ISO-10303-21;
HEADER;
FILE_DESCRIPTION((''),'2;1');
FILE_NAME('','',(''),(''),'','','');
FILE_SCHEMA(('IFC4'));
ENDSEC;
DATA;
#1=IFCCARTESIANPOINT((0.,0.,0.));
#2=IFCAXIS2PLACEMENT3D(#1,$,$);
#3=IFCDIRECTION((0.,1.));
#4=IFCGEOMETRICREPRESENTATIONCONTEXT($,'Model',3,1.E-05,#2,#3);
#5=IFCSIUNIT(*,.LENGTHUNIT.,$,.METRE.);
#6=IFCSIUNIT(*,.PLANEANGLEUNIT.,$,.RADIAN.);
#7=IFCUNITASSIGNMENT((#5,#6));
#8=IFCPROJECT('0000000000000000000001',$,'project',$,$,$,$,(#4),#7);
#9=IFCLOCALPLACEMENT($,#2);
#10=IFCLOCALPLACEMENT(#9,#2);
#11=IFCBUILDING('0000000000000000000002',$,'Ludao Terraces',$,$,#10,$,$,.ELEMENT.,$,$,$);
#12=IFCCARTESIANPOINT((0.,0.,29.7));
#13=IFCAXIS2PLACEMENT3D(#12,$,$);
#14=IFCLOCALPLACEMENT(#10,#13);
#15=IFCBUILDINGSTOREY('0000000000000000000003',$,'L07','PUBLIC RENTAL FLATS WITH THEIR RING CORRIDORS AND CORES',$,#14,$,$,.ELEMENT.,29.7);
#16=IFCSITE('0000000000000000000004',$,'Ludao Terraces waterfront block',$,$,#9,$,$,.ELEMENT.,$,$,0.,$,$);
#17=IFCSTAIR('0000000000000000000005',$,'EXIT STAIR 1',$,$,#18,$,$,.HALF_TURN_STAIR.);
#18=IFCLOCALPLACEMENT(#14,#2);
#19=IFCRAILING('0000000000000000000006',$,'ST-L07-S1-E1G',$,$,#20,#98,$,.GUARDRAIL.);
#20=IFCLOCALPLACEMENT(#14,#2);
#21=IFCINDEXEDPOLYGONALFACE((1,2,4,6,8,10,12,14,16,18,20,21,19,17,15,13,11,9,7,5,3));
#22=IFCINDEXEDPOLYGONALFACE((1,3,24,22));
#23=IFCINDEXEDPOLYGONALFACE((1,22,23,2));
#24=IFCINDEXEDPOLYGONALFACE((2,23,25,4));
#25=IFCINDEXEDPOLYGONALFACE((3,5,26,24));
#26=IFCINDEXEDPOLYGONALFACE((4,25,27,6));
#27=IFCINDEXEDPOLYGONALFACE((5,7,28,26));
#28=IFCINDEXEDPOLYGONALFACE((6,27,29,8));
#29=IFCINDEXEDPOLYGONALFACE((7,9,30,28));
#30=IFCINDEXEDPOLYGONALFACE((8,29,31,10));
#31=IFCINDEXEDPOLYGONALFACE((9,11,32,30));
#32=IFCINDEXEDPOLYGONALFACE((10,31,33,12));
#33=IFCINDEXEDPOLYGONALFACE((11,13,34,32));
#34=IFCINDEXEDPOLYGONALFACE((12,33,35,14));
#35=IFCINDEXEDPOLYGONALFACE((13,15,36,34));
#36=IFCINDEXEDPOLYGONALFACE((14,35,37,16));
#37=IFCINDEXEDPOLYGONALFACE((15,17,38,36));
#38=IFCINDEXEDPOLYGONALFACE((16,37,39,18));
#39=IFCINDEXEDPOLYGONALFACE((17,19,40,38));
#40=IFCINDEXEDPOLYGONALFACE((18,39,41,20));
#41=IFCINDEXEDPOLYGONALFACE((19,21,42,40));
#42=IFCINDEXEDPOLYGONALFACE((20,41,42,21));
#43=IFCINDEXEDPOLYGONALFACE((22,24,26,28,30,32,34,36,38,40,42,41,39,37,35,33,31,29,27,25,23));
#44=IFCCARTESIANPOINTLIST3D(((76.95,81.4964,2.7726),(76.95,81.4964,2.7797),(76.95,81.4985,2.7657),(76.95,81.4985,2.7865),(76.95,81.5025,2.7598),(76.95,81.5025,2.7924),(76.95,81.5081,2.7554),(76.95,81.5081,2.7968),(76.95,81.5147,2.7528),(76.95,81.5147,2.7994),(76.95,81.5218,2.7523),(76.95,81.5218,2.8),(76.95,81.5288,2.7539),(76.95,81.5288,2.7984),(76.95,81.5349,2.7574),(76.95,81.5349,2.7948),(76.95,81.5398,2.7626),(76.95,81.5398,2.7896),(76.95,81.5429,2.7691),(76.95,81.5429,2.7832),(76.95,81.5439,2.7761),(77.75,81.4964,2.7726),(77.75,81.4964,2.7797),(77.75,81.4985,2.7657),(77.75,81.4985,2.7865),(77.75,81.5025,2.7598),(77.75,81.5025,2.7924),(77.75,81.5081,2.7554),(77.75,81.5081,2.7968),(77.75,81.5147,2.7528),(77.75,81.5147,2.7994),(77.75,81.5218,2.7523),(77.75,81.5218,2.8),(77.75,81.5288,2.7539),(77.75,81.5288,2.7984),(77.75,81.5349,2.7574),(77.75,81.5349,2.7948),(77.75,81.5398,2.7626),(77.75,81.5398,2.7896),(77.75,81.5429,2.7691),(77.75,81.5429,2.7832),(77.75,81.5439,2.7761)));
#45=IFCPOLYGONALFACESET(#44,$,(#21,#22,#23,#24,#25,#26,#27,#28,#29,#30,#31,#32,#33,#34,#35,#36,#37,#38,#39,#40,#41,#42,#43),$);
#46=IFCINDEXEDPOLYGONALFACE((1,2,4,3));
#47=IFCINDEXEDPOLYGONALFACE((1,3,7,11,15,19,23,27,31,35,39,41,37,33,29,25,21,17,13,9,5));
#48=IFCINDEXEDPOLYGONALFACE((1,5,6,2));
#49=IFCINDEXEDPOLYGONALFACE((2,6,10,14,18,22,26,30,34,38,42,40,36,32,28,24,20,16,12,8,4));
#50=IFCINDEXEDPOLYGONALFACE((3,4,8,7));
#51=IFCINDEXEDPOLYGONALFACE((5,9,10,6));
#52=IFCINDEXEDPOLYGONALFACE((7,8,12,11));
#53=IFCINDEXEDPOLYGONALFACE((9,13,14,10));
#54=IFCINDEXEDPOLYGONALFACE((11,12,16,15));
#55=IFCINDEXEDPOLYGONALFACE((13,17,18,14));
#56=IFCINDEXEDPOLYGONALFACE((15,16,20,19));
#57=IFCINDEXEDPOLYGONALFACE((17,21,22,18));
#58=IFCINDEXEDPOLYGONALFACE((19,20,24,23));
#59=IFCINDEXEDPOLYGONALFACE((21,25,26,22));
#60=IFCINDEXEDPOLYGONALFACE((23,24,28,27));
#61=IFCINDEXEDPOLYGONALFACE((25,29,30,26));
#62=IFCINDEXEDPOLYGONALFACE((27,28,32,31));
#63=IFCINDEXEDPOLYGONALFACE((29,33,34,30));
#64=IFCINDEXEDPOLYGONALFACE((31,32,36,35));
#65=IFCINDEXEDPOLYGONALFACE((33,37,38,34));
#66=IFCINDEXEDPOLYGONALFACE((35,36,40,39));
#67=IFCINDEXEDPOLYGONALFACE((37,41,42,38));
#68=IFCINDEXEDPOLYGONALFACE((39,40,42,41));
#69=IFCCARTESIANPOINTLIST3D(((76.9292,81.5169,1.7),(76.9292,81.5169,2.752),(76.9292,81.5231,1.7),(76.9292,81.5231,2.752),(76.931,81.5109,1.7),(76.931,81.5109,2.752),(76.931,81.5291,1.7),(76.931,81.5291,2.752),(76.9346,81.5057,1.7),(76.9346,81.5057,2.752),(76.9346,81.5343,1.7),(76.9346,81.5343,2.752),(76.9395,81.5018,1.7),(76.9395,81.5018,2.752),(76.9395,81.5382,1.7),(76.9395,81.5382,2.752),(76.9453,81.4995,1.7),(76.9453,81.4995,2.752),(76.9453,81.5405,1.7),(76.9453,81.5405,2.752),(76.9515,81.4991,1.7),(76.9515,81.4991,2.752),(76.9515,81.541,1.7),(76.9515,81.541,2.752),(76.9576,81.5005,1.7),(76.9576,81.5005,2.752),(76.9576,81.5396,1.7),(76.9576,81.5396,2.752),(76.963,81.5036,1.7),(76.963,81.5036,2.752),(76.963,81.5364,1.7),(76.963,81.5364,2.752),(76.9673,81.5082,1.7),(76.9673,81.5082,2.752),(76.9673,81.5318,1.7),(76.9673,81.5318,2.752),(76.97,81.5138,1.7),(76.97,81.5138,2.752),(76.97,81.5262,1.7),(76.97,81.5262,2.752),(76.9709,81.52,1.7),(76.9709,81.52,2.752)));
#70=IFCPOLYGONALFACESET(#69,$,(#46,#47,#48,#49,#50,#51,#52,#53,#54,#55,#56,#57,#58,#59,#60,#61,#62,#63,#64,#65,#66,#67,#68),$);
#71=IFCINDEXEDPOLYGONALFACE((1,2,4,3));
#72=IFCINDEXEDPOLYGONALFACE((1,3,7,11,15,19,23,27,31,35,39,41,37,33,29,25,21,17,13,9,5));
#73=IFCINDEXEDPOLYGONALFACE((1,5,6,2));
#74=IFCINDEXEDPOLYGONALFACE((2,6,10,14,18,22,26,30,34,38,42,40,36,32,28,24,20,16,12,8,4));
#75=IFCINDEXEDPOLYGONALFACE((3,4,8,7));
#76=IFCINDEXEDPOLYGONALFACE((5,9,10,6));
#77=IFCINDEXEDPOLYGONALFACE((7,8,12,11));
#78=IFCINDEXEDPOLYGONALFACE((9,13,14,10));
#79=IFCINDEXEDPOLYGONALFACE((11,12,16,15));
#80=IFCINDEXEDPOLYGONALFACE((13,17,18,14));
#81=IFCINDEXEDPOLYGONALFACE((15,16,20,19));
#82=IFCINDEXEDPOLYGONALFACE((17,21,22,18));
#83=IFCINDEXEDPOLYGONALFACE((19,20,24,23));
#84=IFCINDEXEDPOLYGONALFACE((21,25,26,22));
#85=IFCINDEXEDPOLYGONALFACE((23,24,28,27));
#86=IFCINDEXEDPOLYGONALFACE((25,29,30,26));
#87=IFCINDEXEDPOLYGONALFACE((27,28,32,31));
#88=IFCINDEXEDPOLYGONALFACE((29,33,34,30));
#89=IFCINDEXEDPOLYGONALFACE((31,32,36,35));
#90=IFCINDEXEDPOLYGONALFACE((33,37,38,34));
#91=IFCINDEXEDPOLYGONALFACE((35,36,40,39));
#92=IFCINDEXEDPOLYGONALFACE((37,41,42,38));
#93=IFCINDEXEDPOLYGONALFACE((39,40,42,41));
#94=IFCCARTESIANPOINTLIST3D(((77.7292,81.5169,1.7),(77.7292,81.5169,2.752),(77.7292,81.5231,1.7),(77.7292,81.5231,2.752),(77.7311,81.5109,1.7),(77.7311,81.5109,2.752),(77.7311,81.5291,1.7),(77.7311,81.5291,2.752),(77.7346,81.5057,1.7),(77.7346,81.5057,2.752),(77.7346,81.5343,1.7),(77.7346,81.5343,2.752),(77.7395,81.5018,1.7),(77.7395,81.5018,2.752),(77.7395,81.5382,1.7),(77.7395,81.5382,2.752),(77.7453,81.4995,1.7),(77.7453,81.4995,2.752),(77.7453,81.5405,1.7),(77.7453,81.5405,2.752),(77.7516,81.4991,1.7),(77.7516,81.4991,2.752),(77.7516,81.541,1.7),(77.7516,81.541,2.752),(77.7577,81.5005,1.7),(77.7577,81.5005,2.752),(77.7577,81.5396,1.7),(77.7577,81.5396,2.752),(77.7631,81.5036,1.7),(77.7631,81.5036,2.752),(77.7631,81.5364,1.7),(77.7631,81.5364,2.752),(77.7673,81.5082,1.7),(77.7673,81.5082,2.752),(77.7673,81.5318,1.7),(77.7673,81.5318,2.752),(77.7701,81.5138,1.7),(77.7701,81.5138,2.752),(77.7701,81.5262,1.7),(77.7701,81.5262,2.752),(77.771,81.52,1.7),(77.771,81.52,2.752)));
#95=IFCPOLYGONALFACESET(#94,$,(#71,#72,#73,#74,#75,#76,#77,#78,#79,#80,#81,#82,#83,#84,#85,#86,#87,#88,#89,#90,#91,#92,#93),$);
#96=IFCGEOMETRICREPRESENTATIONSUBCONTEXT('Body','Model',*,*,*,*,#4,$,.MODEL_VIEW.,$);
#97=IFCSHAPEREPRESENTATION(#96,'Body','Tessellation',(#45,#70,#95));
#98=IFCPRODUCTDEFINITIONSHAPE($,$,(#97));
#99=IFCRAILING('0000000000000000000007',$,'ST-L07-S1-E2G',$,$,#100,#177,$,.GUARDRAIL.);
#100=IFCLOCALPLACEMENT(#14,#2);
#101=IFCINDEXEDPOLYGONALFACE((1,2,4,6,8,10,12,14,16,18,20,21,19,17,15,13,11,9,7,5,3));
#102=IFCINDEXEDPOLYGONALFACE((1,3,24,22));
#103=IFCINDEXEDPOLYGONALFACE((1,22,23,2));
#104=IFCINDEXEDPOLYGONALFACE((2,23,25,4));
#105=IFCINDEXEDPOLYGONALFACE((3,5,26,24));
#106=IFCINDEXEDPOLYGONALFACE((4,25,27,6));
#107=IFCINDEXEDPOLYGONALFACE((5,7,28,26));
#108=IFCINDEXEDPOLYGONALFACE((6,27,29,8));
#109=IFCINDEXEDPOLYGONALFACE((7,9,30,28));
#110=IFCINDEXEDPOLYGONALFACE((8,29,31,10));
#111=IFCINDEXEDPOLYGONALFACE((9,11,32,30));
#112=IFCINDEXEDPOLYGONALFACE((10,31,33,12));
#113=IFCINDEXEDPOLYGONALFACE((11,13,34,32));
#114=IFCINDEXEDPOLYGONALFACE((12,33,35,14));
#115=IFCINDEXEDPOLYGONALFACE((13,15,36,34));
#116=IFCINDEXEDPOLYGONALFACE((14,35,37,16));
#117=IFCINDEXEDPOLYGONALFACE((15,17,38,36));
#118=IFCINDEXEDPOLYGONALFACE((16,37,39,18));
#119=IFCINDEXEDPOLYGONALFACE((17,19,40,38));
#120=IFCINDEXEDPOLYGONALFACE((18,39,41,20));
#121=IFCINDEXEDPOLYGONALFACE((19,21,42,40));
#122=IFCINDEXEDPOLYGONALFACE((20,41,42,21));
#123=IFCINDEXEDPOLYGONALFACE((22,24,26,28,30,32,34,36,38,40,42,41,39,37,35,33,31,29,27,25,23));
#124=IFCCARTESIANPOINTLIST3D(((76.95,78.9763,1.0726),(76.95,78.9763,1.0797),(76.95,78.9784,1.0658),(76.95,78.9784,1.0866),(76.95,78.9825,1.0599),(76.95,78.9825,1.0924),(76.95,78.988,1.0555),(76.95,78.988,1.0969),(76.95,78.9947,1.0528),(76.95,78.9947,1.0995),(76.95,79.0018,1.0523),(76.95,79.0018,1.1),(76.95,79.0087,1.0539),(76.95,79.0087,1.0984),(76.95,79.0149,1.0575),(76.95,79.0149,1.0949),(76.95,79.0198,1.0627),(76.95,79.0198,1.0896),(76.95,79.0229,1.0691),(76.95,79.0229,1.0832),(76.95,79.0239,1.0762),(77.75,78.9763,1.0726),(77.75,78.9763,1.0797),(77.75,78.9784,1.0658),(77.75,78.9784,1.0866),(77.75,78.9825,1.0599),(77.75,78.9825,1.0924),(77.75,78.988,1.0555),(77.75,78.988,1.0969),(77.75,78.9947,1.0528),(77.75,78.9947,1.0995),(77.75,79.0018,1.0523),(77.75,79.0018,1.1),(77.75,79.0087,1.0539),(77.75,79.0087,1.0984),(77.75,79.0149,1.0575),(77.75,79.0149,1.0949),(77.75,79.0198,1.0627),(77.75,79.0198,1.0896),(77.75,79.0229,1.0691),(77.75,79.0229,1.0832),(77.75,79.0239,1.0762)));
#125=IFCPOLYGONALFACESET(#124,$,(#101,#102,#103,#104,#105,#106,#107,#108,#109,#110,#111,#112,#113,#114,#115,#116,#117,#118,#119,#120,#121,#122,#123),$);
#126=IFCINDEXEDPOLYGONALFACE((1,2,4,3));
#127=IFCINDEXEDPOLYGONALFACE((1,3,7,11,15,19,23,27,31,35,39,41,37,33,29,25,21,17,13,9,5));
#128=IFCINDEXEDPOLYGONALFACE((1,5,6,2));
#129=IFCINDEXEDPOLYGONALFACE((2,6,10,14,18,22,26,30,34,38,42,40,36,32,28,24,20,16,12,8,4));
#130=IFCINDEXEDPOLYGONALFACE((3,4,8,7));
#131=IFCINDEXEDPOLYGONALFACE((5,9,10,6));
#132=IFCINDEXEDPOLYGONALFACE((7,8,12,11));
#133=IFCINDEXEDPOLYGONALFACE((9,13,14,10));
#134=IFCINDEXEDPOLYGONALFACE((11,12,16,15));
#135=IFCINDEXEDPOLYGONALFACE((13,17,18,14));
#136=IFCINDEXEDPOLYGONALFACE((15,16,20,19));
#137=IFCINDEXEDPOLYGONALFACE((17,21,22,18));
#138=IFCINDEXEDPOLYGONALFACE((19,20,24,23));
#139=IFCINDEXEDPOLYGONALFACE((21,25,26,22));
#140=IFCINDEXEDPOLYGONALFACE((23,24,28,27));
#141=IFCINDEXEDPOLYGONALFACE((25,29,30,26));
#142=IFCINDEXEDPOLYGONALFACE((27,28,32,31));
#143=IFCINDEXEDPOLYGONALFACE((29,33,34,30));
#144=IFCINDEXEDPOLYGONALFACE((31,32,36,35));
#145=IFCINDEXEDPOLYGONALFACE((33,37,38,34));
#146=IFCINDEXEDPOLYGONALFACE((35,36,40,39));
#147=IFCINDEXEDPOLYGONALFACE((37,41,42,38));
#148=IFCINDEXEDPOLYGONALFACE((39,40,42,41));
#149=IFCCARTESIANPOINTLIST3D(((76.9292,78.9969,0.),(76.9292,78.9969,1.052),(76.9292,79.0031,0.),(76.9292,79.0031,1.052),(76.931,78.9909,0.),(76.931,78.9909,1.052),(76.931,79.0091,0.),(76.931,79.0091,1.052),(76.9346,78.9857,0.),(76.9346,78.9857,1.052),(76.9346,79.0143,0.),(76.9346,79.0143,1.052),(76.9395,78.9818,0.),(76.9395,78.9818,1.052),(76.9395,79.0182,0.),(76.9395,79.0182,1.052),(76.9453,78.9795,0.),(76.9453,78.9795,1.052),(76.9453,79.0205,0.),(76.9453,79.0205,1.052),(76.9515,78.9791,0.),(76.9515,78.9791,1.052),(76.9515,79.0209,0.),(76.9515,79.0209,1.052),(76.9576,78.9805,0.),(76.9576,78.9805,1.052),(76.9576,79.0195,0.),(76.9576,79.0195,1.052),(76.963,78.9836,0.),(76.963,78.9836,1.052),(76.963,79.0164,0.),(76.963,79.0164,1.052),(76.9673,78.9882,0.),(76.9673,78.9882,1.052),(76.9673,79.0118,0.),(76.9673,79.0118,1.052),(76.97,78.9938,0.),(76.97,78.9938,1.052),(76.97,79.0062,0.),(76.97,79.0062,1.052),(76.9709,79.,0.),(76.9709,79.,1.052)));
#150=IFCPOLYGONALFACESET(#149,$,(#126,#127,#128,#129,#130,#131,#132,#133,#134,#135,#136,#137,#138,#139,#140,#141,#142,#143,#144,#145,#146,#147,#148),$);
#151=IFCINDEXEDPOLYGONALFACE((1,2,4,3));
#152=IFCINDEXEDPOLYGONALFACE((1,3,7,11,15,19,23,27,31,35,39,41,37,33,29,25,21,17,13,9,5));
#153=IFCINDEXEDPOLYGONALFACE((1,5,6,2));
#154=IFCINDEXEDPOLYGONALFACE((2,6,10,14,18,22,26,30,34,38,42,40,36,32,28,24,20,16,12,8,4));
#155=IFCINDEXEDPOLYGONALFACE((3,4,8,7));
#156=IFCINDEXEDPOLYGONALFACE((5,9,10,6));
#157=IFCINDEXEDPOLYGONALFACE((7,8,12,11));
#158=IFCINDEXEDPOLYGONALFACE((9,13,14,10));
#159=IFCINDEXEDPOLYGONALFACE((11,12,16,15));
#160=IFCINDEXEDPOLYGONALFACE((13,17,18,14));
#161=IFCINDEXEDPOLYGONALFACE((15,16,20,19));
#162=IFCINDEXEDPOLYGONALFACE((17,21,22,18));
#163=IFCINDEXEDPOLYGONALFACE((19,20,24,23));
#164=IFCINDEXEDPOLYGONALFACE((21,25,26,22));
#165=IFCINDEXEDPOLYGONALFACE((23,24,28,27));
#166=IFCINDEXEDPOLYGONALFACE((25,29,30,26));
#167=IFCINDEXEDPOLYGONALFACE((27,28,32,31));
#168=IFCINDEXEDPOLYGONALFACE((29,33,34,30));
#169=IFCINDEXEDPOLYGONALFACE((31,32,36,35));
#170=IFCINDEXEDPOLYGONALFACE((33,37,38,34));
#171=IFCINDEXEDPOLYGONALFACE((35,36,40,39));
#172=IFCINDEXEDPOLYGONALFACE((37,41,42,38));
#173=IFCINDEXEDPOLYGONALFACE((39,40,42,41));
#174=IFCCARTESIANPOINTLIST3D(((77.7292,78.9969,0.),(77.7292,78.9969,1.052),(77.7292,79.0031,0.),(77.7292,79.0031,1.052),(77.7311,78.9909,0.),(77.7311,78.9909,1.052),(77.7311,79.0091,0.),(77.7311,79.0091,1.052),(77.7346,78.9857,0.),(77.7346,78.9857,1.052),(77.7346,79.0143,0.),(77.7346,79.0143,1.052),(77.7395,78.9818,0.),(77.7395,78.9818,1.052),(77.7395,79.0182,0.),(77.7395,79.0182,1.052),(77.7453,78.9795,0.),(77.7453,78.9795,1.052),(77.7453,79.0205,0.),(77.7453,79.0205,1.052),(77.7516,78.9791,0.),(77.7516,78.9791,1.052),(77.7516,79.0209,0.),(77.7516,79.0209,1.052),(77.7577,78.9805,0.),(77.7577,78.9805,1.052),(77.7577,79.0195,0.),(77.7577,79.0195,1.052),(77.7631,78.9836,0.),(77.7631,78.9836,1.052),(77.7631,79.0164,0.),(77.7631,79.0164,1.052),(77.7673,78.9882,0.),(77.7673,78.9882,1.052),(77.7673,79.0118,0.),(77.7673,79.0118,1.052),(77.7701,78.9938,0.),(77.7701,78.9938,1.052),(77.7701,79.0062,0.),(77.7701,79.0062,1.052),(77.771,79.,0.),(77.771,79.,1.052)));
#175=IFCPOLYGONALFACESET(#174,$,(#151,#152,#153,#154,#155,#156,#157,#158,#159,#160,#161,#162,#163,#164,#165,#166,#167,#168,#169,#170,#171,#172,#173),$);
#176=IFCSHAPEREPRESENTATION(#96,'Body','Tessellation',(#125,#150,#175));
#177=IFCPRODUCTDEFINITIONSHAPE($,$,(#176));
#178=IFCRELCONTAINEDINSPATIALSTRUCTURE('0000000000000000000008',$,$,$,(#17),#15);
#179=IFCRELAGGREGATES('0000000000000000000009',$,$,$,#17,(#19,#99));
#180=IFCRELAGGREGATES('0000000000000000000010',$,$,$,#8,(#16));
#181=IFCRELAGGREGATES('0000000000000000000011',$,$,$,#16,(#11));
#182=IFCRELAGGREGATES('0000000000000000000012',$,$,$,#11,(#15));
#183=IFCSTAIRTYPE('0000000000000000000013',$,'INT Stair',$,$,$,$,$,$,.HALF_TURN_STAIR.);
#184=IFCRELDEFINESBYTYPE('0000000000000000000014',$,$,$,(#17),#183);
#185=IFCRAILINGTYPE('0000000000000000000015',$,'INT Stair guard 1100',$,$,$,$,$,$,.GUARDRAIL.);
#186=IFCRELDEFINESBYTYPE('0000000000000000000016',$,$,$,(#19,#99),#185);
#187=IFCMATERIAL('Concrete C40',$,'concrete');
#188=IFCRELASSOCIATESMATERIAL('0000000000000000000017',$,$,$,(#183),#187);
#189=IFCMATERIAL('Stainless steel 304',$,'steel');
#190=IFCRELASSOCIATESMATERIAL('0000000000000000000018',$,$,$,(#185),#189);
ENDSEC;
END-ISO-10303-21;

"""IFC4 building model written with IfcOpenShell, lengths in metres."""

from ifc_helpers import new_model, si_unit, direction, frame, origin, origin_2d, place, context, subcontext, project, spatial, circle, extrude, material, type_object, element, aggregate, save


model = new_model("IFC4")

# Units and contexts
model_context = context("Model", 3, precision=1e-05, world=origin(), true_north=direction((0.0, 1.0)))
body_context = subcontext(model_context, "Body", "Model", "MODEL_VIEW")
ifc_project = project(units=[si_unit("LENGTHUNIT", "METRE"), si_unit("PLANEANGLEUNIT", "RADIAN")], contexts=[model_context])

# Site, building, storey
site_placement = place(None, origin())
site = spatial("IfcSite", under=ifc_project, at=site_placement, Name="Ludao Terraces waterfront block", CompositionType="ELEMENT", RefElevation=0.0)
building_placement = place(site_placement, origin())
building = spatial("IfcBuilding", under=site, at=building_placement, Name="Ludao Terraces", CompositionType="ELEMENT")
storey_placement = place(building_placement, frame((0.0, 0.0, 29.7)))
storey = spatial("IfcBuildingStorey", under=building, at=storey_placement, Name="L07", Description="PUBLIC RENTAL FLATS WITH THEIR RING CORRIDORS AND CORES", CompositionType="ELEMENT", Elevation=29.7)

# Shared definitions
ifc_material_1 = material(Name="Concrete C40", Category="concrete")

# Shared definitions
ifc_material_2 = material(Name="Stainless steel 304", Category="steel")

# Stair, railings
stair_type = type_object("IfcStairType", Name="INT Stair", PredefinedType="HALF_TURN_STAIR", material=ifc_material_1)
stair_placement = place(storey_placement, origin())
stair = element("IfcStair", 1, at=stair_placement, inside=storey, type_object=stair_type, Name="EXIT STAIR 1", PredefinedType="HALF_TURN_STAIR")
railing_type_1 = type_object("IfcRailingType", Name="INT Stair guard 1100", PredefinedType="GUARDRAIL", material=ifc_material_2)
railing_1_placement = place(storey_placement, frame((76.95, 81.52, 1.7)))
railing_1 = element("IfcRailing", 2, at=railing_1_placement, type_object=railing_type_1, Name="ST-L07-S1-E1G", PredefinedType="GUARDRAIL", context=body_context, shape_type="SweptSolid", body=[
    extrude(circle(Radius=0.0239, at=origin_2d()), frame((0.0, 0.0, 1.0762), z_axis=(1.0, 0.0, 0.0), x_axis=(0.0, 1.0, 0.0)), (0.0, 0.0, 1.0), 0.8),
    extrude(circle(Radius=0.021, at=origin_2d()), origin(), (0.0, 0.0, 1.0), 1.052),
    extrude(circle(Radius=0.021, at=origin_2d()), frame((0.8, 0.0, 0.0)), (0.0, 0.0, 1.0), 1.052),
])
railing_2_placement = place(storey_placement, frame((76.95, 79.0, 0.0)))
railing_2 = element("IfcRailing", 3, at=railing_2_placement, type_object=railing_type_1, Name="ST-L07-S1-E2G", PredefinedType="GUARDRAIL", context=body_context, shape_type="SweptSolid", body=[
    extrude(circle(Radius=0.0239, at=origin_2d()), frame((0.0, 0.0, 1.0762), z_axis=(1.0, 0.0, 0.0), x_axis=(0.0, 1.0, 0.0)), (0.0, 0.0, 1.0), 0.8),
    extrude(circle(Radius=0.021, at=origin_2d()), origin(), (0.0, 0.0, 1.0), 1.052),
    extrude(circle(Radius=0.021, at=origin_2d()), frame((0.8, 0.0, 0.0)), (0.0, 0.0, 1.0), 1.052),
])
aggregate(stair, [railing_1, railing_2])

save(model, "model.ifc")
